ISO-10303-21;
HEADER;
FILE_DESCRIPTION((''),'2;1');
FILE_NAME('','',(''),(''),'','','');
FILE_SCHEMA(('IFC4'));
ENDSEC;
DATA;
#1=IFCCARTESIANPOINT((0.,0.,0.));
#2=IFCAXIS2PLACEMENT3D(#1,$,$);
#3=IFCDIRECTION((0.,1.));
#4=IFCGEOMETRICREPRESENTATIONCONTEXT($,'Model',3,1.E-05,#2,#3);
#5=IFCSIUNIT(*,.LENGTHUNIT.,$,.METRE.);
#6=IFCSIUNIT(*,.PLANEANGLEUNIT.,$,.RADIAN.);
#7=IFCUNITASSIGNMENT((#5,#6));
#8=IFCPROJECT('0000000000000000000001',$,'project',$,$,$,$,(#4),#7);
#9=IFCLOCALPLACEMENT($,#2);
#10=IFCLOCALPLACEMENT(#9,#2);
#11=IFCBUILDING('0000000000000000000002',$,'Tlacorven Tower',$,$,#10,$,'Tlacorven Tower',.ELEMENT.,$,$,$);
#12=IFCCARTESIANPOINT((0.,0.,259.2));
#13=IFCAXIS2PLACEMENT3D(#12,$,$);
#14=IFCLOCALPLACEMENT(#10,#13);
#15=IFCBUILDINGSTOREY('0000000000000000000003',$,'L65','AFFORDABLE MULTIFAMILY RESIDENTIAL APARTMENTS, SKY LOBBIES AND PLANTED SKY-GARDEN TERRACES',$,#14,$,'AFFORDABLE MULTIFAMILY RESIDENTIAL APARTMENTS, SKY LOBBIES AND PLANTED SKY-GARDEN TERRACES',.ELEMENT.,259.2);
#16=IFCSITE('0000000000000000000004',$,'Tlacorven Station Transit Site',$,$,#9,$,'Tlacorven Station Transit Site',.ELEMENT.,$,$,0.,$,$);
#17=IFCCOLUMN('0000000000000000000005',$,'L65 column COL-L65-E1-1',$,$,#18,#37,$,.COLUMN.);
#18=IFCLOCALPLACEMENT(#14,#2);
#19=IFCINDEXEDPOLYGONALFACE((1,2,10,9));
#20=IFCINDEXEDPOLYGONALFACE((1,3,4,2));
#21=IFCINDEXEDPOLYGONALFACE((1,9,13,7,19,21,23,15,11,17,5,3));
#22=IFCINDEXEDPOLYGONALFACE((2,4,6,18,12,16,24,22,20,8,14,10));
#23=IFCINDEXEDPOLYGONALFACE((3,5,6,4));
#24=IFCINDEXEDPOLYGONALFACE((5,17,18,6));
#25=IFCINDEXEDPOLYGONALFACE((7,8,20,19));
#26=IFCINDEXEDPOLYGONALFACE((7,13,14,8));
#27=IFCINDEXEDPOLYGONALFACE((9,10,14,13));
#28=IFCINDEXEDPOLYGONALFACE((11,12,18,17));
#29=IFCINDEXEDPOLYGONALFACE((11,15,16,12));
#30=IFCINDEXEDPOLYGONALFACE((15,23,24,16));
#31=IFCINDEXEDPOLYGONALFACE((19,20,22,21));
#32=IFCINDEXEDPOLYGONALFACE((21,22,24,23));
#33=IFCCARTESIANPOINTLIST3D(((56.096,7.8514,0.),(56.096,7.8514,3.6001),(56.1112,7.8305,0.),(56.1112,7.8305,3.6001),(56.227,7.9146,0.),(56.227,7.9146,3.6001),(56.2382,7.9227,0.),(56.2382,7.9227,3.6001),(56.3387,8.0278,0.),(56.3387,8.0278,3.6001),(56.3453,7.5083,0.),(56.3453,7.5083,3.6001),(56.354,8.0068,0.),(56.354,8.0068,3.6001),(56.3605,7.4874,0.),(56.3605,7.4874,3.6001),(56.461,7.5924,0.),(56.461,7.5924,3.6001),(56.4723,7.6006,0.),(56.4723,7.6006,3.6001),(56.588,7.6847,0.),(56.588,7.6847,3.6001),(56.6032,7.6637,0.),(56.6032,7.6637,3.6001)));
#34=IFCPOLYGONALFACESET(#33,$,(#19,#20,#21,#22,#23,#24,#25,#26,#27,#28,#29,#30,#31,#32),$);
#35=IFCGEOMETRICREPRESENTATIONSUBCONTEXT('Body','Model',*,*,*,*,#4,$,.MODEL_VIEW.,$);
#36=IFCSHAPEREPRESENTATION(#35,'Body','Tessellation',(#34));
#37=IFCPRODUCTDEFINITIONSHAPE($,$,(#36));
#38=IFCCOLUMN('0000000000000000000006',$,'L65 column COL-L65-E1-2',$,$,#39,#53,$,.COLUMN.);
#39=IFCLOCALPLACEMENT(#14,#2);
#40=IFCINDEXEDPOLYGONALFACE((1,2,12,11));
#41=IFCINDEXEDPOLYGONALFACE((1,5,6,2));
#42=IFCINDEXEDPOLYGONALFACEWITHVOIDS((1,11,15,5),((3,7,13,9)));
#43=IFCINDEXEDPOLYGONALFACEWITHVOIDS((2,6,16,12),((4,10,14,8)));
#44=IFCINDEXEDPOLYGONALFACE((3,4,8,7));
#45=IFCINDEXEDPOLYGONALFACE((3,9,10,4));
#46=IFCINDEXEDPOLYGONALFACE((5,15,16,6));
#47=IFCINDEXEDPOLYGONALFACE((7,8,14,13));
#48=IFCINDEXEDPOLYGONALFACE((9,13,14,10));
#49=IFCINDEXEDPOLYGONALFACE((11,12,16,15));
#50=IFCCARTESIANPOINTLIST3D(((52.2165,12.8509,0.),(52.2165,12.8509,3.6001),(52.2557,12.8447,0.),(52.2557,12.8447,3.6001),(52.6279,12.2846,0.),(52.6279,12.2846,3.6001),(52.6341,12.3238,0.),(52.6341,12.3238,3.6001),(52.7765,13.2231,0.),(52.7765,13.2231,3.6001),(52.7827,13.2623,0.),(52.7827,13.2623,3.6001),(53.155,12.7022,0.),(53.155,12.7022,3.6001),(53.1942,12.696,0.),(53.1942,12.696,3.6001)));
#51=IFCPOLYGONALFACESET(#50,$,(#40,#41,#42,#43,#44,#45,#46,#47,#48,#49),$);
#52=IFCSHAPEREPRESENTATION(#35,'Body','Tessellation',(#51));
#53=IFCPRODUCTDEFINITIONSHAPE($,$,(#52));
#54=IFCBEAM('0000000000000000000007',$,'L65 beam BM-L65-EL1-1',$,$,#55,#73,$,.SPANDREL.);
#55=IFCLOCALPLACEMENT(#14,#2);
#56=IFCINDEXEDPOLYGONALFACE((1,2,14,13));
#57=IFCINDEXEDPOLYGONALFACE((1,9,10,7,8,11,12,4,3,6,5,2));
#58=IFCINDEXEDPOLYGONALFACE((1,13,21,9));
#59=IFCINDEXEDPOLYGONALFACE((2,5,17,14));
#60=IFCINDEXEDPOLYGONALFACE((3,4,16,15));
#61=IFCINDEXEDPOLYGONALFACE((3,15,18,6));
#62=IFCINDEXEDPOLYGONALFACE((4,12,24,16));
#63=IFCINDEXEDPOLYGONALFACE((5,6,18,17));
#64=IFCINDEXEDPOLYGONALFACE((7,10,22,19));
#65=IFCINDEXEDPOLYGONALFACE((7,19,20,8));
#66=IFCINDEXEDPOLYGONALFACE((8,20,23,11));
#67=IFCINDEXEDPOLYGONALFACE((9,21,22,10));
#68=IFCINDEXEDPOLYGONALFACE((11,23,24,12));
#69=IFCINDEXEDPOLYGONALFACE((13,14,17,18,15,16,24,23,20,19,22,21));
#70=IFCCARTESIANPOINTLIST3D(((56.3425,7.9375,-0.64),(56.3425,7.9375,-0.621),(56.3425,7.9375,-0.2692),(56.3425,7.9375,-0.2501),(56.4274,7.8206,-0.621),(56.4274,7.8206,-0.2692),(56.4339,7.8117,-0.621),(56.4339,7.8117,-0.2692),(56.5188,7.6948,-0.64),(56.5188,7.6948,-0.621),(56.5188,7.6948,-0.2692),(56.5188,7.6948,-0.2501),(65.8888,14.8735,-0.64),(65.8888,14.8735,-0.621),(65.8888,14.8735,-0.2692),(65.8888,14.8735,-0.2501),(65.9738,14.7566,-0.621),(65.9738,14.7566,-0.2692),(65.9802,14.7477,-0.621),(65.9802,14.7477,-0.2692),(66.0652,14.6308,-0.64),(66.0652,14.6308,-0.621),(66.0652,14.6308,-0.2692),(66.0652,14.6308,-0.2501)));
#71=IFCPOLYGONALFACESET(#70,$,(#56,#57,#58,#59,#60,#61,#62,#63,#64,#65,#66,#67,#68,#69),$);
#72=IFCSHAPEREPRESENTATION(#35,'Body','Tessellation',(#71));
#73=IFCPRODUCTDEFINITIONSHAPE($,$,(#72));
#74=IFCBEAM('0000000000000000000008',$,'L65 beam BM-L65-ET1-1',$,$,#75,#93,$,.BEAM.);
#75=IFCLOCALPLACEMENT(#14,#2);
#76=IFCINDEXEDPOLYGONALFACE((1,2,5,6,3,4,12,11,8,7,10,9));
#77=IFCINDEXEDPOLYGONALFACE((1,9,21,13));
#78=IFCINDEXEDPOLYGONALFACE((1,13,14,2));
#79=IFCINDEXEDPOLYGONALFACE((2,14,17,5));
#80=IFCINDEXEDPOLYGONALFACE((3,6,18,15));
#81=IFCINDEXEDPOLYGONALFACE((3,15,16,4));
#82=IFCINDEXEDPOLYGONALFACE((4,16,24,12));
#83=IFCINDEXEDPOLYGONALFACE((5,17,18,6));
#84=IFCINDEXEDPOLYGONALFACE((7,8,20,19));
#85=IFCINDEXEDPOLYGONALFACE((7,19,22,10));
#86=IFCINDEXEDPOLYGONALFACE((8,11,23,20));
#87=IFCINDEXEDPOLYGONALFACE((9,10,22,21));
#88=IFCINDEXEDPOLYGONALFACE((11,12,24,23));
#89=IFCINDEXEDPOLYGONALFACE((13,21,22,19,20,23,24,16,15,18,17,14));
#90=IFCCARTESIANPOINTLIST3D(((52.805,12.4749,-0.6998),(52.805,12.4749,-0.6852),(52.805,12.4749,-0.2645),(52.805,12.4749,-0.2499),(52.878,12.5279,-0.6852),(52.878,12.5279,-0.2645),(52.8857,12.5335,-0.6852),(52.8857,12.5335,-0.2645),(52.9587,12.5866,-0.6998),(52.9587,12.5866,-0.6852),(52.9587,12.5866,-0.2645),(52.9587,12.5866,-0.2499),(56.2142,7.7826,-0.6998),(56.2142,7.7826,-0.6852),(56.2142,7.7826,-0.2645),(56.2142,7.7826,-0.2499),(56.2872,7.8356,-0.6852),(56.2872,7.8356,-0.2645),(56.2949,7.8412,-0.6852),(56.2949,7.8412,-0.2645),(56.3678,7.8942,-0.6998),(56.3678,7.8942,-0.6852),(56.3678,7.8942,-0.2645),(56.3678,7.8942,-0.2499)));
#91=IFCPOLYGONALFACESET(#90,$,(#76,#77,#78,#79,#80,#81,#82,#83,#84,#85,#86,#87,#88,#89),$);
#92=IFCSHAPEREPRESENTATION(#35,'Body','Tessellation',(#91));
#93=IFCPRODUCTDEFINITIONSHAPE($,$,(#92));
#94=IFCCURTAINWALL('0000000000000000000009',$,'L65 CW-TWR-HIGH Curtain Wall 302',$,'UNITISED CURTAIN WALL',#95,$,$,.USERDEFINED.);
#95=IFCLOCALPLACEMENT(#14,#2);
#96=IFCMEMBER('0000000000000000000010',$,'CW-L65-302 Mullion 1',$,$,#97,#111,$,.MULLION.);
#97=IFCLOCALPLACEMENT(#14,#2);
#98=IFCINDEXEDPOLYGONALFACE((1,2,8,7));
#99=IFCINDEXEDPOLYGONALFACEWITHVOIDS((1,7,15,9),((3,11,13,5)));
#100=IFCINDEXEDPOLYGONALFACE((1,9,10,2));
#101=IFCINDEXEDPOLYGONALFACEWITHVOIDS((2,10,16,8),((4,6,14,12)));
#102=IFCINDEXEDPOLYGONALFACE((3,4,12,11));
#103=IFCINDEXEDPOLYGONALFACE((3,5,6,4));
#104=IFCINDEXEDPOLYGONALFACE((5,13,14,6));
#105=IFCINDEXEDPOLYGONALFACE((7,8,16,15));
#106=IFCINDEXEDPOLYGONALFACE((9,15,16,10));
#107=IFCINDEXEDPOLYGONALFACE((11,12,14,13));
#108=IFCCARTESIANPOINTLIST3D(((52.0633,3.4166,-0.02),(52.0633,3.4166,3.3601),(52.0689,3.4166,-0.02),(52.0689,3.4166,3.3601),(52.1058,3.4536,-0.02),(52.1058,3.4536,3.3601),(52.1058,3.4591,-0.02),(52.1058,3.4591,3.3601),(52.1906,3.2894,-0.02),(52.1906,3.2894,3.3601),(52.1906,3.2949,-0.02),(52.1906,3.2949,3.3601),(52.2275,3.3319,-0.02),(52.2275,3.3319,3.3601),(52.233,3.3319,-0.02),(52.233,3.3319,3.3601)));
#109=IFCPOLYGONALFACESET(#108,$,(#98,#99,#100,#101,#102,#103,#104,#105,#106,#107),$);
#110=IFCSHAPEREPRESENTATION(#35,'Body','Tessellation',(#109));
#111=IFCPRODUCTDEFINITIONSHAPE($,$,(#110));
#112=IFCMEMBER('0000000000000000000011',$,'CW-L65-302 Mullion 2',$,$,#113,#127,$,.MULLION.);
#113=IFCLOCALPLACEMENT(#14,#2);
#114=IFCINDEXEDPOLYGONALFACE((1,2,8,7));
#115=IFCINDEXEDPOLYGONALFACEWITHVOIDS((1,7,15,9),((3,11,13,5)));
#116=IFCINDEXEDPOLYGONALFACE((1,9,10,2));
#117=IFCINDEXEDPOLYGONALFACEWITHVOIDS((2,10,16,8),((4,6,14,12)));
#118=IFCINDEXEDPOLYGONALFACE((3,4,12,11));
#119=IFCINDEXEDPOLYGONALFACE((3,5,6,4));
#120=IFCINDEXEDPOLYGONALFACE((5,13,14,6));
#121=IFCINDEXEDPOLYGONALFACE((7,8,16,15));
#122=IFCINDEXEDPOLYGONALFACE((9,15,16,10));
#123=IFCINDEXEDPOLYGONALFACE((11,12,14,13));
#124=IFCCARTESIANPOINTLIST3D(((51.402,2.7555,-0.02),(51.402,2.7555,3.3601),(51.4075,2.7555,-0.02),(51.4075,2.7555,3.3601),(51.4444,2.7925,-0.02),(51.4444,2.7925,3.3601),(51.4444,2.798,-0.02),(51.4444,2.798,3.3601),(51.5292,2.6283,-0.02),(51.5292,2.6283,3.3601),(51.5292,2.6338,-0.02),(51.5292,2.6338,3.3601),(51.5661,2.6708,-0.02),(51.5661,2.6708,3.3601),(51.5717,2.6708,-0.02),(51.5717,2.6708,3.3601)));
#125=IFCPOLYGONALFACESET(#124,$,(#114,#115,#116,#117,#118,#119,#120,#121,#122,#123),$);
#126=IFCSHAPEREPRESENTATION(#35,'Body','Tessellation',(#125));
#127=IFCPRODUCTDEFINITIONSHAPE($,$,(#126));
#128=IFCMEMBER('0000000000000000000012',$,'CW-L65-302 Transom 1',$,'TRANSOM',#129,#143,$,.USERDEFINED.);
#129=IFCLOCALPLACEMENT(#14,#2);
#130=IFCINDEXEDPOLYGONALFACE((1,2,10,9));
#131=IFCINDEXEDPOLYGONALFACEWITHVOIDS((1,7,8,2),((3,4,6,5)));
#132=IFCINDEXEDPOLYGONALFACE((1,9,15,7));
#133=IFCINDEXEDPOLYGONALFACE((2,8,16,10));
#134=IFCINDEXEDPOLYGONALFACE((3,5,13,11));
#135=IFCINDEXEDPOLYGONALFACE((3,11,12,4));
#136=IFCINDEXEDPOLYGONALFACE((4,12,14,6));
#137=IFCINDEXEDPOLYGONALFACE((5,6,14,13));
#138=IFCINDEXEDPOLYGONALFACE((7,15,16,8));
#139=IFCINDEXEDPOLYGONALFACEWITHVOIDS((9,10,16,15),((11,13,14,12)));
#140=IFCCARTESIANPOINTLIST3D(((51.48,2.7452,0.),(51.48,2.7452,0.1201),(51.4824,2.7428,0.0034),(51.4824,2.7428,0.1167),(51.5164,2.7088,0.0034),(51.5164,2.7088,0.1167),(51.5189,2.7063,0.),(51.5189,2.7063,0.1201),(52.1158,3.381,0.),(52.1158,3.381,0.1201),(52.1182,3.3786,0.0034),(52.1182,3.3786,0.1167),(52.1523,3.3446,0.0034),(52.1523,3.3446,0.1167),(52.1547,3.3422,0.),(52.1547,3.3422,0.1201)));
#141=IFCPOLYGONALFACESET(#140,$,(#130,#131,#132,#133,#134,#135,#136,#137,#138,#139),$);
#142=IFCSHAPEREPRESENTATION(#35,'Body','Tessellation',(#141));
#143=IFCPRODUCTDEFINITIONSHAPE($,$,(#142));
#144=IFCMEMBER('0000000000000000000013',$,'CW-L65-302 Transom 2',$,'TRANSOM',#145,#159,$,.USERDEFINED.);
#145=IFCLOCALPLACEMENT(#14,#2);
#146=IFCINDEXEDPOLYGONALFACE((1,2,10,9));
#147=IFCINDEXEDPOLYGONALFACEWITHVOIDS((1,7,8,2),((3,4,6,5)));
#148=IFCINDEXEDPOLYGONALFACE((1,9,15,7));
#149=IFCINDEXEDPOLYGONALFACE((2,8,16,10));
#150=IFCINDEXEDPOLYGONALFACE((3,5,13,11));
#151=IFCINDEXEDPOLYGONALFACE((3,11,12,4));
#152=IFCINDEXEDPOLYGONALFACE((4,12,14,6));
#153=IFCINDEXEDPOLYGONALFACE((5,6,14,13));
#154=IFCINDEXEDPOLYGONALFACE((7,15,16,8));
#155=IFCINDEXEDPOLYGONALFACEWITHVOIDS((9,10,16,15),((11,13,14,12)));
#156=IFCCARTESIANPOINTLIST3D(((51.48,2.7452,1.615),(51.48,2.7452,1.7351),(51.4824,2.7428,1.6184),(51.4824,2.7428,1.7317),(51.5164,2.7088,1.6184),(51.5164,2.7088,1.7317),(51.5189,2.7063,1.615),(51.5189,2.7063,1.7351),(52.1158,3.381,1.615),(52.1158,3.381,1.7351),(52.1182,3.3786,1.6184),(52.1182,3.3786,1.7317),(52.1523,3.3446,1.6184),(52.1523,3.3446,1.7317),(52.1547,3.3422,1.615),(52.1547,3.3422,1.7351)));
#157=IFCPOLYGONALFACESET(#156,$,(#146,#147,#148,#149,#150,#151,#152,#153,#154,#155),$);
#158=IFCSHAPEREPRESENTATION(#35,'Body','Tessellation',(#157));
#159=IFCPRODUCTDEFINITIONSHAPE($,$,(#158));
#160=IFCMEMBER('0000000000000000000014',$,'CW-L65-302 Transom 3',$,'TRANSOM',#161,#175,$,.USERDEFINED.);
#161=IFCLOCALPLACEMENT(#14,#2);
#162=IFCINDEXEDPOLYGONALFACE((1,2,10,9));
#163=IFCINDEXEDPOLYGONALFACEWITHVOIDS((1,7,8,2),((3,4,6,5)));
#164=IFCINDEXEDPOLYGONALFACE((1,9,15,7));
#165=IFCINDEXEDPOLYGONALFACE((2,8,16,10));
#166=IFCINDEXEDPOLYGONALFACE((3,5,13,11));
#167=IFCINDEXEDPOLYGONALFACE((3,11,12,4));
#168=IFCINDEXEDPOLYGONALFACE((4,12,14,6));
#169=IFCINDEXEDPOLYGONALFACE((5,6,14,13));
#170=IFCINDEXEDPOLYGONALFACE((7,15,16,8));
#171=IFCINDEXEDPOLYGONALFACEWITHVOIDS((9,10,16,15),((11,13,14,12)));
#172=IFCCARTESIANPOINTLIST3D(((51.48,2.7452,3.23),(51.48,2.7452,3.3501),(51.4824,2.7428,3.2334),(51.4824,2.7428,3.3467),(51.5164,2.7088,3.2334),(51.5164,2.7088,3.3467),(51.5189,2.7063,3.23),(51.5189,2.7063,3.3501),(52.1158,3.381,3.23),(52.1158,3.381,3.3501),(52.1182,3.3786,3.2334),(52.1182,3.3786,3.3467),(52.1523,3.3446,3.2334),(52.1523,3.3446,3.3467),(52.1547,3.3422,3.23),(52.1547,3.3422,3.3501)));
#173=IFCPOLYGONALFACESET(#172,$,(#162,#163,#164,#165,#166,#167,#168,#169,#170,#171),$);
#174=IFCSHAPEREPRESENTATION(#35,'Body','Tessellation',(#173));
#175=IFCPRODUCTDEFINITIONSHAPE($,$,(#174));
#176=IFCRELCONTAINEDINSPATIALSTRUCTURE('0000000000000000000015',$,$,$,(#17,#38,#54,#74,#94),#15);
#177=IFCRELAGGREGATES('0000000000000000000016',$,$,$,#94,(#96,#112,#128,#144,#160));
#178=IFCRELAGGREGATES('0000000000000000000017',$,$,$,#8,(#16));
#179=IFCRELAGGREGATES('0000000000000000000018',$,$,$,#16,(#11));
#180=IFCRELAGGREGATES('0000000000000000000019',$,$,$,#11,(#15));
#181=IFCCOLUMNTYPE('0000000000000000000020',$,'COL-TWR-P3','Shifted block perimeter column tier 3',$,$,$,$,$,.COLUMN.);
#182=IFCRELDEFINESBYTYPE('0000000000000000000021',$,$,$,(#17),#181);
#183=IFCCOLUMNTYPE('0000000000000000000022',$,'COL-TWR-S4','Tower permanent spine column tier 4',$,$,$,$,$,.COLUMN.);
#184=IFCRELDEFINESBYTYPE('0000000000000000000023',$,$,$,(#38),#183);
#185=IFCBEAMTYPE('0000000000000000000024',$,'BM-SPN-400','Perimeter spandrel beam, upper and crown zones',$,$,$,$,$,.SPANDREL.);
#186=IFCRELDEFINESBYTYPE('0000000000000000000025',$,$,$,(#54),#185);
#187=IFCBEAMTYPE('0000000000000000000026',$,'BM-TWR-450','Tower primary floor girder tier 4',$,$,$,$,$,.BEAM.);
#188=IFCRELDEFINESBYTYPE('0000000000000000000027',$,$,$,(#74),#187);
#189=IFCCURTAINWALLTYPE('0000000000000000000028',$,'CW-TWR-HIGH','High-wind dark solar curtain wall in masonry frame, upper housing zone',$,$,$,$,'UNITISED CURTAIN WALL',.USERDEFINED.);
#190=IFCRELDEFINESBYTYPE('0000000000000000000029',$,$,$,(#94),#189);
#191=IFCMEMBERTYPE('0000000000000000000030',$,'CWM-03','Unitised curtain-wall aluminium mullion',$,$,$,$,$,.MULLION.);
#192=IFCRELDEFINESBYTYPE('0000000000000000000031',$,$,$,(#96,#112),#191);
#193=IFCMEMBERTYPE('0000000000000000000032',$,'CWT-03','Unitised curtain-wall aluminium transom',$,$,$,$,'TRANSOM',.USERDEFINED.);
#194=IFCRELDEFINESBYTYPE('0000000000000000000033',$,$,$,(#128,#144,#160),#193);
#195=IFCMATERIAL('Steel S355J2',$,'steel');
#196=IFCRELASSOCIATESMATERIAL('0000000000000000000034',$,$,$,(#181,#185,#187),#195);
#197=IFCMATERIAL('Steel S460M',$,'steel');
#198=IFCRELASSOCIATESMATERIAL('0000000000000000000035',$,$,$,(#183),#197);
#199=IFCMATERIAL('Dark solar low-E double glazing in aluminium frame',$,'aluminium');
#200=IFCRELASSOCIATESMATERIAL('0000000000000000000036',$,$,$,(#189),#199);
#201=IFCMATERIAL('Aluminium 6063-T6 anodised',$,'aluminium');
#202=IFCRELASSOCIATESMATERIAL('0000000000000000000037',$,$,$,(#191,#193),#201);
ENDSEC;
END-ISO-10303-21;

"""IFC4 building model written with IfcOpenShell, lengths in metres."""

from ifc_helpers import new_model, si_unit, direction, frame, origin, origin_2d, place, context, subcontext, project, spatial, hollow_rectangle, i_section, extrude, source, transform, mapped, material, material_profile, profile_set, type_object, element, aggregate, save


model = new_model("IFC4")

# Units and contexts
model_context = context("Model", 3, precision=1e-05, world=origin(), true_north=direction((0.0, 1.0)))
body_context = subcontext(model_context, "Body", "Model", "MODEL_VIEW")
ifc_project = project(units=[si_unit("LENGTHUNIT", "METRE"), si_unit("PLANEANGLEUNIT", "RADIAN")], contexts=[model_context])

# Site, building, storey
site_placement = place(None, origin())
site = spatial("IfcSite", under=ifc_project, at=site_placement, Name="Tlacorven Station Transit Site", LongName="Tlacorven Station Transit Site", CompositionType="ELEMENT", RefElevation=0.0)
building_placement = place(site_placement, origin())
building = spatial("IfcBuilding", under=site, at=building_placement, Name="Tlacorven Tower", LongName="Tlacorven Tower", CompositionType="ELEMENT")
storey_placement = place(building_placement, frame((0.0, 0.0, 259.2)))
storey = spatial("IfcBuildingStorey", under=building, at=storey_placement, Name="L65", Description="AFFORDABLE MULTIFAMILY RESIDENTIAL APARTMENTS, SKY LOBBIES AND PLANTED SKY-GARDEN TERRACES", LongName="AFFORDABLE MULTIFAMILY RESIDENTIAL APARTMENTS, SKY LOBBIES AND PLANTED SKY-GARDEN TERRACES", CompositionType="ELEMENT", Elevation=259.2)

# Columns
ifc_material_1 = material(Name="Steel S355J2", Category="steel")
ifc_material_profile_1 = material_profile(ifc_material_1, i_section(OverallWidth=0.3, OverallDepth=0.45, WebThickness=0.0139, FlangeThickness=0.0259, at=origin_2d()), Name="HEB 450")
ifc_profile_set_1 = profile_set([ifc_material_profile_1], Name="Steel S355J2")
column_type_1 = type_object("IfcColumnType", Name="COL-TWR-P3", Description="Shifted block perimeter column tier 3", PredefinedType="COLUMN", material=ifc_profile_set_1)
shared_shape_1 = source(origin(), body_context, "Body", "SweptSolid", [
    extrude(i_section(OverallWidth=0.3, OverallDepth=0.45, WebThickness=0.0139, FlangeThickness=0.0259, at=origin_2d()), origin(), (0.0, 0.0, 1.0), 3.6001),
])
column_1_placement = place(storey_placement, frame((56.3496, 7.7576, 0.0), z_axis=(0.0, 0.0, 1.0), x_axis=(0.809017, 0.587785, 0.0)))
element("IfcColumn", 1, at=column_1_placement, inside=storey, type_object=column_type_1, Name="L65 column COL-L65-E1-1", PredefinedType="COLUMN", context=body_context, shape_type="MappedRepresentation", body=[
    mapped(shared_shape_1, transform((0.0, 0.0, 0.0), scale=1.0)),
])
ifc_material_2 = material(Name="Steel S460M", Category="steel")
ifc_material_profile_2 = material_profile(ifc_material_2, hollow_rectangle(XDim=0.7, YDim=0.7, WallThickness=0.0281, at=origin_2d()), Name="BOX 700X700X28")
ifc_profile_set_2 = profile_set([ifc_material_profile_2], Name="Steel S460M")
column_type_2 = type_object("IfcColumnType", Name="COL-TWR-S4", Description="Tower permanent spine column tier 4", PredefinedType="COLUMN", material=ifc_profile_set_2)
shared_shape_2 = source(origin(), body_context, "Body", "SweptSolid", [
    extrude(hollow_rectangle(XDim=0.7, YDim=0.7, WallThickness=0.0281, at=origin_2d()), origin(), (0.0, 0.0, 1.0), 3.6001),
])
column_2_placement = place(storey_placement, frame((52.7053, 12.7734, 0.0), z_axis=(0.0, 0.0, 1.0), x_axis=(0.809017, 0.587785, 0.0)))
element("IfcColumn", 2, at=column_2_placement, inside=storey, type_object=column_type_2, Name="L65 column COL-L65-E1-2", PredefinedType="COLUMN", context=body_context, shape_type="MappedRepresentation", body=[
    mapped(shared_shape_2, transform((0.0, 0.0, 0.0), scale=1.0)),
])

# Beams
ifc_material_profile_3 = material_profile(ifc_material_1, i_section(OverallWidth=0.3, OverallDepth=0.3899, WebThickness=0.011, FlangeThickness=0.019, at=origin_2d()), Name="HEA 400")
ifc_profile_set_3 = profile_set([ifc_material_profile_3], Name="Steel S355J2")
beam_type_1 = type_object("IfcBeamType", Name="BM-SPN-400", Description="Perimeter spandrel beam, upper and crown zones", PredefinedType="SPANDREL", material=ifc_profile_set_3)
shared_shape_3 = source(origin(), body_context, "Body", "SweptSolid", [
    extrude(i_section(OverallWidth=0.3, OverallDepth=0.3899, WebThickness=0.011, FlangeThickness=0.019, at=origin_2d()), origin(), (0.0, 0.0, 1.0), 11.8),
])
beam_1_placement = place(storey_placement, frame((56.4307, 7.8162, -0.4451), z_axis=(0.80901, 0.587795, 0.0), x_axis=(-0.587795, 0.80901, 0.0)))
element("IfcBeam", 3, at=beam_1_placement, inside=storey, type_object=beam_type_1, Name="L65 beam BM-L65-EL1-1", PredefinedType="SPANDREL", context=body_context, shape_type="MappedRepresentation", body=[
    mapped(shared_shape_3, transform((0.0, 0.0, 0.0), scale=1.0)),
])
ifc_material_profile_4 = material_profile(ifc_material_1, i_section(OverallWidth=0.1899, OverallDepth=0.45, WebThickness=0.0095, FlangeThickness=0.0146, at=origin_2d()), Name="IPE 450")
ifc_profile_set_4 = profile_set([ifc_material_profile_4], Name="Steel S355J2")
beam_type_2 = type_object("IfcBeamType", Name="BM-TWR-450", Description="Tower primary floor girder tier 4", PredefinedType="BEAM", material=ifc_profile_set_4)
shared_shape_4 = source(origin(), body_context, "Body", "SweptSolid", [
    extrude(i_section(OverallWidth=0.1899, OverallDepth=0.45, WebThickness=0.0095, FlangeThickness=0.0146, at=origin_2d()), origin(), (0.0, 0.0, 1.0), 5.8),
])
beam_2_placement = place(storey_placement, frame((56.291, 7.8384, -0.4749), z_axis=(-0.587781, 0.80902, 0.0), x_axis=(-0.80902, -0.587781, 0.0)))
element("IfcBeam", 4, at=beam_2_placement, inside=storey, type_object=beam_type_2, Name="L65 beam BM-L65-ET1-1", PredefinedType="BEAM", context=body_context, shape_type="MappedRepresentation", body=[
    mapped(shared_shape_4, transform((0.0, 0.0, 0.0), scale=1.0)),
])

# Curtain wall, members
ifc_material_3 = material(Name="Dark solar low-E double glazing in aluminium frame", Category="aluminium")
curtain_wall_type = type_object("IfcCurtainWallType", Name="CW-TWR-HIGH", Description="High-wind dark solar curtain wall in masonry frame, upper housing zone", ElementType="UNITISED CURTAIN WALL", PredefinedType="USERDEFINED", material=ifc_material_3)
curtain_wall_placement = place(storey_placement, origin())
curtain_wall = element("IfcCurtainWall", 5, at=curtain_wall_placement, inside=storey, type_object=curtain_wall_type, Name="L65 CW-TWR-HIGH Curtain Wall 302", ObjectType="UNITISED CURTAIN WALL", PredefinedType="USERDEFINED")
ifc_material_4 = material(Name="Aluminium 6063-T6 anodised", Category="aluminium")
ifc_material_profile_5 = material_profile(ifc_material_4, hollow_rectangle(XDim=0.0601, YDim=0.1799, WallThickness=0.0039, at=origin_2d()), Name="ALU MULLION 60X180")
ifc_profile_set_5 = profile_set([ifc_material_profile_5], Name="Aluminium 6063-T6 anodised")
member_type_1 = type_object("IfcMemberType", Name="CWM-03", Description="Unitised curtain-wall aluminium mullion", PredefinedType="MULLION", material=ifc_profile_set_5)
shared_shape_5 = source(origin(), body_context, "Body", "SweptSolid", [
    extrude(hollow_rectangle(XDim=0.0601, YDim=0.1799, WallThickness=0.0039, at=origin_2d()), origin(), (0.0, 0.0, 1.0), 3.3801),
])
member_1_placement = place(storey_placement, frame((52.1482, 3.3743, -0.02), z_axis=(0.0, 0.0, 1.0), x_axis=(-0.707107, -0.707107, 0.0)))
member_1 = element("IfcMember", 6, at=member_1_placement, type_object=member_type_1, Name="CW-L65-302 Mullion 1", PredefinedType="MULLION", context=body_context, shape_type="MappedRepresentation", body=[
    mapped(shared_shape_5, transform((0.0, 0.0, 0.0), scale=1.0)),
])
member_2_placement = place(storey_placement, frame((51.4868, 2.7131, -0.02), z_axis=(0.0, 0.0, 1.0), x_axis=(-0.707107, -0.707107, 0.0)))
member_2 = element("IfcMember", 7, at=member_2_placement, type_object=member_type_1, Name="CW-L65-302 Mullion 2", PredefinedType="MULLION", context=body_context, shape_type="MappedRepresentation", body=[
    mapped(shared_shape_5, transform((0.0, 0.0, 0.0), scale=1.0)),
])
ifc_material_profile_6 = material_profile(ifc_material_4, hollow_rectangle(XDim=0.0549, YDim=0.1201, WallThickness=0.0034, at=origin_2d()), Name="ALU TRANSOM 55X120")
ifc_profile_set_6 = profile_set([ifc_material_profile_6], Name="Aluminium 6063-T6 anodised")
member_type_2 = type_object("IfcMemberType", Name="CWT-03", Description="Unitised curtain-wall aluminium transom", ElementType="TRANSOM", PredefinedType="USERDEFINED", material=ifc_profile_set_6)
shared_shape_6 = source(origin(), body_context, "Body", "SweptSolid", [
    extrude(hollow_rectangle(XDim=0.0549, YDim=0.1201, WallThickness=0.0034, at=origin_2d()), origin(), (0.0, 0.0, 1.0), 0.8992),
])
member_3_placement = place(storey_placement, frame((52.1353, 3.3616, 0.0601), z_axis=(-0.707107, -0.707107, 0.0), x_axis=(0.707107, -0.707107, 0.0)))
member_3 = element("IfcMember", 8, at=member_3_placement, type_object=member_type_2, Name="CW-L65-302 Transom 1", ObjectType="TRANSOM", PredefinedType="USERDEFINED", context=body_context, shape_type="MappedRepresentation", body=[
    mapped(shared_shape_6, transform((0.0, 0.0, 0.0), scale=1.0)),
])
member_4_placement = place(storey_placement, frame((52.1353, 3.3616, 1.675), z_axis=(-0.707107, -0.707107, 0.0), x_axis=(0.707107, -0.707107, 0.0)))
member_4 = element("IfcMember", 9, at=member_4_placement, type_object=member_type_2, Name="CW-L65-302 Transom 2", ObjectType="TRANSOM", PredefinedType="USERDEFINED", context=body_context, shape_type="MappedRepresentation", body=[
    mapped(shared_shape_6, transform((0.0, 0.0, 0.0), scale=1.0)),
])
member_5_placement = place(storey_placement, frame((52.1353, 3.3616, 3.29), z_axis=(-0.707107, -0.707107, 0.0), x_axis=(0.707107, -0.707107, 0.0)))
member_5 = element("IfcMember", 10, at=member_5_placement, type_object=member_type_2, Name="CW-L65-302 Transom 3", ObjectType="TRANSOM", PredefinedType="USERDEFINED", context=body_context, shape_type="MappedRepresentation", body=[
    mapped(shared_shape_6, transform((0.0, 0.0, 0.0), scale=1.0)),
])

aggregate(curtain_wall, [member_1, member_2, member_3, member_4, member_5])

save(model, "model.ifc")
